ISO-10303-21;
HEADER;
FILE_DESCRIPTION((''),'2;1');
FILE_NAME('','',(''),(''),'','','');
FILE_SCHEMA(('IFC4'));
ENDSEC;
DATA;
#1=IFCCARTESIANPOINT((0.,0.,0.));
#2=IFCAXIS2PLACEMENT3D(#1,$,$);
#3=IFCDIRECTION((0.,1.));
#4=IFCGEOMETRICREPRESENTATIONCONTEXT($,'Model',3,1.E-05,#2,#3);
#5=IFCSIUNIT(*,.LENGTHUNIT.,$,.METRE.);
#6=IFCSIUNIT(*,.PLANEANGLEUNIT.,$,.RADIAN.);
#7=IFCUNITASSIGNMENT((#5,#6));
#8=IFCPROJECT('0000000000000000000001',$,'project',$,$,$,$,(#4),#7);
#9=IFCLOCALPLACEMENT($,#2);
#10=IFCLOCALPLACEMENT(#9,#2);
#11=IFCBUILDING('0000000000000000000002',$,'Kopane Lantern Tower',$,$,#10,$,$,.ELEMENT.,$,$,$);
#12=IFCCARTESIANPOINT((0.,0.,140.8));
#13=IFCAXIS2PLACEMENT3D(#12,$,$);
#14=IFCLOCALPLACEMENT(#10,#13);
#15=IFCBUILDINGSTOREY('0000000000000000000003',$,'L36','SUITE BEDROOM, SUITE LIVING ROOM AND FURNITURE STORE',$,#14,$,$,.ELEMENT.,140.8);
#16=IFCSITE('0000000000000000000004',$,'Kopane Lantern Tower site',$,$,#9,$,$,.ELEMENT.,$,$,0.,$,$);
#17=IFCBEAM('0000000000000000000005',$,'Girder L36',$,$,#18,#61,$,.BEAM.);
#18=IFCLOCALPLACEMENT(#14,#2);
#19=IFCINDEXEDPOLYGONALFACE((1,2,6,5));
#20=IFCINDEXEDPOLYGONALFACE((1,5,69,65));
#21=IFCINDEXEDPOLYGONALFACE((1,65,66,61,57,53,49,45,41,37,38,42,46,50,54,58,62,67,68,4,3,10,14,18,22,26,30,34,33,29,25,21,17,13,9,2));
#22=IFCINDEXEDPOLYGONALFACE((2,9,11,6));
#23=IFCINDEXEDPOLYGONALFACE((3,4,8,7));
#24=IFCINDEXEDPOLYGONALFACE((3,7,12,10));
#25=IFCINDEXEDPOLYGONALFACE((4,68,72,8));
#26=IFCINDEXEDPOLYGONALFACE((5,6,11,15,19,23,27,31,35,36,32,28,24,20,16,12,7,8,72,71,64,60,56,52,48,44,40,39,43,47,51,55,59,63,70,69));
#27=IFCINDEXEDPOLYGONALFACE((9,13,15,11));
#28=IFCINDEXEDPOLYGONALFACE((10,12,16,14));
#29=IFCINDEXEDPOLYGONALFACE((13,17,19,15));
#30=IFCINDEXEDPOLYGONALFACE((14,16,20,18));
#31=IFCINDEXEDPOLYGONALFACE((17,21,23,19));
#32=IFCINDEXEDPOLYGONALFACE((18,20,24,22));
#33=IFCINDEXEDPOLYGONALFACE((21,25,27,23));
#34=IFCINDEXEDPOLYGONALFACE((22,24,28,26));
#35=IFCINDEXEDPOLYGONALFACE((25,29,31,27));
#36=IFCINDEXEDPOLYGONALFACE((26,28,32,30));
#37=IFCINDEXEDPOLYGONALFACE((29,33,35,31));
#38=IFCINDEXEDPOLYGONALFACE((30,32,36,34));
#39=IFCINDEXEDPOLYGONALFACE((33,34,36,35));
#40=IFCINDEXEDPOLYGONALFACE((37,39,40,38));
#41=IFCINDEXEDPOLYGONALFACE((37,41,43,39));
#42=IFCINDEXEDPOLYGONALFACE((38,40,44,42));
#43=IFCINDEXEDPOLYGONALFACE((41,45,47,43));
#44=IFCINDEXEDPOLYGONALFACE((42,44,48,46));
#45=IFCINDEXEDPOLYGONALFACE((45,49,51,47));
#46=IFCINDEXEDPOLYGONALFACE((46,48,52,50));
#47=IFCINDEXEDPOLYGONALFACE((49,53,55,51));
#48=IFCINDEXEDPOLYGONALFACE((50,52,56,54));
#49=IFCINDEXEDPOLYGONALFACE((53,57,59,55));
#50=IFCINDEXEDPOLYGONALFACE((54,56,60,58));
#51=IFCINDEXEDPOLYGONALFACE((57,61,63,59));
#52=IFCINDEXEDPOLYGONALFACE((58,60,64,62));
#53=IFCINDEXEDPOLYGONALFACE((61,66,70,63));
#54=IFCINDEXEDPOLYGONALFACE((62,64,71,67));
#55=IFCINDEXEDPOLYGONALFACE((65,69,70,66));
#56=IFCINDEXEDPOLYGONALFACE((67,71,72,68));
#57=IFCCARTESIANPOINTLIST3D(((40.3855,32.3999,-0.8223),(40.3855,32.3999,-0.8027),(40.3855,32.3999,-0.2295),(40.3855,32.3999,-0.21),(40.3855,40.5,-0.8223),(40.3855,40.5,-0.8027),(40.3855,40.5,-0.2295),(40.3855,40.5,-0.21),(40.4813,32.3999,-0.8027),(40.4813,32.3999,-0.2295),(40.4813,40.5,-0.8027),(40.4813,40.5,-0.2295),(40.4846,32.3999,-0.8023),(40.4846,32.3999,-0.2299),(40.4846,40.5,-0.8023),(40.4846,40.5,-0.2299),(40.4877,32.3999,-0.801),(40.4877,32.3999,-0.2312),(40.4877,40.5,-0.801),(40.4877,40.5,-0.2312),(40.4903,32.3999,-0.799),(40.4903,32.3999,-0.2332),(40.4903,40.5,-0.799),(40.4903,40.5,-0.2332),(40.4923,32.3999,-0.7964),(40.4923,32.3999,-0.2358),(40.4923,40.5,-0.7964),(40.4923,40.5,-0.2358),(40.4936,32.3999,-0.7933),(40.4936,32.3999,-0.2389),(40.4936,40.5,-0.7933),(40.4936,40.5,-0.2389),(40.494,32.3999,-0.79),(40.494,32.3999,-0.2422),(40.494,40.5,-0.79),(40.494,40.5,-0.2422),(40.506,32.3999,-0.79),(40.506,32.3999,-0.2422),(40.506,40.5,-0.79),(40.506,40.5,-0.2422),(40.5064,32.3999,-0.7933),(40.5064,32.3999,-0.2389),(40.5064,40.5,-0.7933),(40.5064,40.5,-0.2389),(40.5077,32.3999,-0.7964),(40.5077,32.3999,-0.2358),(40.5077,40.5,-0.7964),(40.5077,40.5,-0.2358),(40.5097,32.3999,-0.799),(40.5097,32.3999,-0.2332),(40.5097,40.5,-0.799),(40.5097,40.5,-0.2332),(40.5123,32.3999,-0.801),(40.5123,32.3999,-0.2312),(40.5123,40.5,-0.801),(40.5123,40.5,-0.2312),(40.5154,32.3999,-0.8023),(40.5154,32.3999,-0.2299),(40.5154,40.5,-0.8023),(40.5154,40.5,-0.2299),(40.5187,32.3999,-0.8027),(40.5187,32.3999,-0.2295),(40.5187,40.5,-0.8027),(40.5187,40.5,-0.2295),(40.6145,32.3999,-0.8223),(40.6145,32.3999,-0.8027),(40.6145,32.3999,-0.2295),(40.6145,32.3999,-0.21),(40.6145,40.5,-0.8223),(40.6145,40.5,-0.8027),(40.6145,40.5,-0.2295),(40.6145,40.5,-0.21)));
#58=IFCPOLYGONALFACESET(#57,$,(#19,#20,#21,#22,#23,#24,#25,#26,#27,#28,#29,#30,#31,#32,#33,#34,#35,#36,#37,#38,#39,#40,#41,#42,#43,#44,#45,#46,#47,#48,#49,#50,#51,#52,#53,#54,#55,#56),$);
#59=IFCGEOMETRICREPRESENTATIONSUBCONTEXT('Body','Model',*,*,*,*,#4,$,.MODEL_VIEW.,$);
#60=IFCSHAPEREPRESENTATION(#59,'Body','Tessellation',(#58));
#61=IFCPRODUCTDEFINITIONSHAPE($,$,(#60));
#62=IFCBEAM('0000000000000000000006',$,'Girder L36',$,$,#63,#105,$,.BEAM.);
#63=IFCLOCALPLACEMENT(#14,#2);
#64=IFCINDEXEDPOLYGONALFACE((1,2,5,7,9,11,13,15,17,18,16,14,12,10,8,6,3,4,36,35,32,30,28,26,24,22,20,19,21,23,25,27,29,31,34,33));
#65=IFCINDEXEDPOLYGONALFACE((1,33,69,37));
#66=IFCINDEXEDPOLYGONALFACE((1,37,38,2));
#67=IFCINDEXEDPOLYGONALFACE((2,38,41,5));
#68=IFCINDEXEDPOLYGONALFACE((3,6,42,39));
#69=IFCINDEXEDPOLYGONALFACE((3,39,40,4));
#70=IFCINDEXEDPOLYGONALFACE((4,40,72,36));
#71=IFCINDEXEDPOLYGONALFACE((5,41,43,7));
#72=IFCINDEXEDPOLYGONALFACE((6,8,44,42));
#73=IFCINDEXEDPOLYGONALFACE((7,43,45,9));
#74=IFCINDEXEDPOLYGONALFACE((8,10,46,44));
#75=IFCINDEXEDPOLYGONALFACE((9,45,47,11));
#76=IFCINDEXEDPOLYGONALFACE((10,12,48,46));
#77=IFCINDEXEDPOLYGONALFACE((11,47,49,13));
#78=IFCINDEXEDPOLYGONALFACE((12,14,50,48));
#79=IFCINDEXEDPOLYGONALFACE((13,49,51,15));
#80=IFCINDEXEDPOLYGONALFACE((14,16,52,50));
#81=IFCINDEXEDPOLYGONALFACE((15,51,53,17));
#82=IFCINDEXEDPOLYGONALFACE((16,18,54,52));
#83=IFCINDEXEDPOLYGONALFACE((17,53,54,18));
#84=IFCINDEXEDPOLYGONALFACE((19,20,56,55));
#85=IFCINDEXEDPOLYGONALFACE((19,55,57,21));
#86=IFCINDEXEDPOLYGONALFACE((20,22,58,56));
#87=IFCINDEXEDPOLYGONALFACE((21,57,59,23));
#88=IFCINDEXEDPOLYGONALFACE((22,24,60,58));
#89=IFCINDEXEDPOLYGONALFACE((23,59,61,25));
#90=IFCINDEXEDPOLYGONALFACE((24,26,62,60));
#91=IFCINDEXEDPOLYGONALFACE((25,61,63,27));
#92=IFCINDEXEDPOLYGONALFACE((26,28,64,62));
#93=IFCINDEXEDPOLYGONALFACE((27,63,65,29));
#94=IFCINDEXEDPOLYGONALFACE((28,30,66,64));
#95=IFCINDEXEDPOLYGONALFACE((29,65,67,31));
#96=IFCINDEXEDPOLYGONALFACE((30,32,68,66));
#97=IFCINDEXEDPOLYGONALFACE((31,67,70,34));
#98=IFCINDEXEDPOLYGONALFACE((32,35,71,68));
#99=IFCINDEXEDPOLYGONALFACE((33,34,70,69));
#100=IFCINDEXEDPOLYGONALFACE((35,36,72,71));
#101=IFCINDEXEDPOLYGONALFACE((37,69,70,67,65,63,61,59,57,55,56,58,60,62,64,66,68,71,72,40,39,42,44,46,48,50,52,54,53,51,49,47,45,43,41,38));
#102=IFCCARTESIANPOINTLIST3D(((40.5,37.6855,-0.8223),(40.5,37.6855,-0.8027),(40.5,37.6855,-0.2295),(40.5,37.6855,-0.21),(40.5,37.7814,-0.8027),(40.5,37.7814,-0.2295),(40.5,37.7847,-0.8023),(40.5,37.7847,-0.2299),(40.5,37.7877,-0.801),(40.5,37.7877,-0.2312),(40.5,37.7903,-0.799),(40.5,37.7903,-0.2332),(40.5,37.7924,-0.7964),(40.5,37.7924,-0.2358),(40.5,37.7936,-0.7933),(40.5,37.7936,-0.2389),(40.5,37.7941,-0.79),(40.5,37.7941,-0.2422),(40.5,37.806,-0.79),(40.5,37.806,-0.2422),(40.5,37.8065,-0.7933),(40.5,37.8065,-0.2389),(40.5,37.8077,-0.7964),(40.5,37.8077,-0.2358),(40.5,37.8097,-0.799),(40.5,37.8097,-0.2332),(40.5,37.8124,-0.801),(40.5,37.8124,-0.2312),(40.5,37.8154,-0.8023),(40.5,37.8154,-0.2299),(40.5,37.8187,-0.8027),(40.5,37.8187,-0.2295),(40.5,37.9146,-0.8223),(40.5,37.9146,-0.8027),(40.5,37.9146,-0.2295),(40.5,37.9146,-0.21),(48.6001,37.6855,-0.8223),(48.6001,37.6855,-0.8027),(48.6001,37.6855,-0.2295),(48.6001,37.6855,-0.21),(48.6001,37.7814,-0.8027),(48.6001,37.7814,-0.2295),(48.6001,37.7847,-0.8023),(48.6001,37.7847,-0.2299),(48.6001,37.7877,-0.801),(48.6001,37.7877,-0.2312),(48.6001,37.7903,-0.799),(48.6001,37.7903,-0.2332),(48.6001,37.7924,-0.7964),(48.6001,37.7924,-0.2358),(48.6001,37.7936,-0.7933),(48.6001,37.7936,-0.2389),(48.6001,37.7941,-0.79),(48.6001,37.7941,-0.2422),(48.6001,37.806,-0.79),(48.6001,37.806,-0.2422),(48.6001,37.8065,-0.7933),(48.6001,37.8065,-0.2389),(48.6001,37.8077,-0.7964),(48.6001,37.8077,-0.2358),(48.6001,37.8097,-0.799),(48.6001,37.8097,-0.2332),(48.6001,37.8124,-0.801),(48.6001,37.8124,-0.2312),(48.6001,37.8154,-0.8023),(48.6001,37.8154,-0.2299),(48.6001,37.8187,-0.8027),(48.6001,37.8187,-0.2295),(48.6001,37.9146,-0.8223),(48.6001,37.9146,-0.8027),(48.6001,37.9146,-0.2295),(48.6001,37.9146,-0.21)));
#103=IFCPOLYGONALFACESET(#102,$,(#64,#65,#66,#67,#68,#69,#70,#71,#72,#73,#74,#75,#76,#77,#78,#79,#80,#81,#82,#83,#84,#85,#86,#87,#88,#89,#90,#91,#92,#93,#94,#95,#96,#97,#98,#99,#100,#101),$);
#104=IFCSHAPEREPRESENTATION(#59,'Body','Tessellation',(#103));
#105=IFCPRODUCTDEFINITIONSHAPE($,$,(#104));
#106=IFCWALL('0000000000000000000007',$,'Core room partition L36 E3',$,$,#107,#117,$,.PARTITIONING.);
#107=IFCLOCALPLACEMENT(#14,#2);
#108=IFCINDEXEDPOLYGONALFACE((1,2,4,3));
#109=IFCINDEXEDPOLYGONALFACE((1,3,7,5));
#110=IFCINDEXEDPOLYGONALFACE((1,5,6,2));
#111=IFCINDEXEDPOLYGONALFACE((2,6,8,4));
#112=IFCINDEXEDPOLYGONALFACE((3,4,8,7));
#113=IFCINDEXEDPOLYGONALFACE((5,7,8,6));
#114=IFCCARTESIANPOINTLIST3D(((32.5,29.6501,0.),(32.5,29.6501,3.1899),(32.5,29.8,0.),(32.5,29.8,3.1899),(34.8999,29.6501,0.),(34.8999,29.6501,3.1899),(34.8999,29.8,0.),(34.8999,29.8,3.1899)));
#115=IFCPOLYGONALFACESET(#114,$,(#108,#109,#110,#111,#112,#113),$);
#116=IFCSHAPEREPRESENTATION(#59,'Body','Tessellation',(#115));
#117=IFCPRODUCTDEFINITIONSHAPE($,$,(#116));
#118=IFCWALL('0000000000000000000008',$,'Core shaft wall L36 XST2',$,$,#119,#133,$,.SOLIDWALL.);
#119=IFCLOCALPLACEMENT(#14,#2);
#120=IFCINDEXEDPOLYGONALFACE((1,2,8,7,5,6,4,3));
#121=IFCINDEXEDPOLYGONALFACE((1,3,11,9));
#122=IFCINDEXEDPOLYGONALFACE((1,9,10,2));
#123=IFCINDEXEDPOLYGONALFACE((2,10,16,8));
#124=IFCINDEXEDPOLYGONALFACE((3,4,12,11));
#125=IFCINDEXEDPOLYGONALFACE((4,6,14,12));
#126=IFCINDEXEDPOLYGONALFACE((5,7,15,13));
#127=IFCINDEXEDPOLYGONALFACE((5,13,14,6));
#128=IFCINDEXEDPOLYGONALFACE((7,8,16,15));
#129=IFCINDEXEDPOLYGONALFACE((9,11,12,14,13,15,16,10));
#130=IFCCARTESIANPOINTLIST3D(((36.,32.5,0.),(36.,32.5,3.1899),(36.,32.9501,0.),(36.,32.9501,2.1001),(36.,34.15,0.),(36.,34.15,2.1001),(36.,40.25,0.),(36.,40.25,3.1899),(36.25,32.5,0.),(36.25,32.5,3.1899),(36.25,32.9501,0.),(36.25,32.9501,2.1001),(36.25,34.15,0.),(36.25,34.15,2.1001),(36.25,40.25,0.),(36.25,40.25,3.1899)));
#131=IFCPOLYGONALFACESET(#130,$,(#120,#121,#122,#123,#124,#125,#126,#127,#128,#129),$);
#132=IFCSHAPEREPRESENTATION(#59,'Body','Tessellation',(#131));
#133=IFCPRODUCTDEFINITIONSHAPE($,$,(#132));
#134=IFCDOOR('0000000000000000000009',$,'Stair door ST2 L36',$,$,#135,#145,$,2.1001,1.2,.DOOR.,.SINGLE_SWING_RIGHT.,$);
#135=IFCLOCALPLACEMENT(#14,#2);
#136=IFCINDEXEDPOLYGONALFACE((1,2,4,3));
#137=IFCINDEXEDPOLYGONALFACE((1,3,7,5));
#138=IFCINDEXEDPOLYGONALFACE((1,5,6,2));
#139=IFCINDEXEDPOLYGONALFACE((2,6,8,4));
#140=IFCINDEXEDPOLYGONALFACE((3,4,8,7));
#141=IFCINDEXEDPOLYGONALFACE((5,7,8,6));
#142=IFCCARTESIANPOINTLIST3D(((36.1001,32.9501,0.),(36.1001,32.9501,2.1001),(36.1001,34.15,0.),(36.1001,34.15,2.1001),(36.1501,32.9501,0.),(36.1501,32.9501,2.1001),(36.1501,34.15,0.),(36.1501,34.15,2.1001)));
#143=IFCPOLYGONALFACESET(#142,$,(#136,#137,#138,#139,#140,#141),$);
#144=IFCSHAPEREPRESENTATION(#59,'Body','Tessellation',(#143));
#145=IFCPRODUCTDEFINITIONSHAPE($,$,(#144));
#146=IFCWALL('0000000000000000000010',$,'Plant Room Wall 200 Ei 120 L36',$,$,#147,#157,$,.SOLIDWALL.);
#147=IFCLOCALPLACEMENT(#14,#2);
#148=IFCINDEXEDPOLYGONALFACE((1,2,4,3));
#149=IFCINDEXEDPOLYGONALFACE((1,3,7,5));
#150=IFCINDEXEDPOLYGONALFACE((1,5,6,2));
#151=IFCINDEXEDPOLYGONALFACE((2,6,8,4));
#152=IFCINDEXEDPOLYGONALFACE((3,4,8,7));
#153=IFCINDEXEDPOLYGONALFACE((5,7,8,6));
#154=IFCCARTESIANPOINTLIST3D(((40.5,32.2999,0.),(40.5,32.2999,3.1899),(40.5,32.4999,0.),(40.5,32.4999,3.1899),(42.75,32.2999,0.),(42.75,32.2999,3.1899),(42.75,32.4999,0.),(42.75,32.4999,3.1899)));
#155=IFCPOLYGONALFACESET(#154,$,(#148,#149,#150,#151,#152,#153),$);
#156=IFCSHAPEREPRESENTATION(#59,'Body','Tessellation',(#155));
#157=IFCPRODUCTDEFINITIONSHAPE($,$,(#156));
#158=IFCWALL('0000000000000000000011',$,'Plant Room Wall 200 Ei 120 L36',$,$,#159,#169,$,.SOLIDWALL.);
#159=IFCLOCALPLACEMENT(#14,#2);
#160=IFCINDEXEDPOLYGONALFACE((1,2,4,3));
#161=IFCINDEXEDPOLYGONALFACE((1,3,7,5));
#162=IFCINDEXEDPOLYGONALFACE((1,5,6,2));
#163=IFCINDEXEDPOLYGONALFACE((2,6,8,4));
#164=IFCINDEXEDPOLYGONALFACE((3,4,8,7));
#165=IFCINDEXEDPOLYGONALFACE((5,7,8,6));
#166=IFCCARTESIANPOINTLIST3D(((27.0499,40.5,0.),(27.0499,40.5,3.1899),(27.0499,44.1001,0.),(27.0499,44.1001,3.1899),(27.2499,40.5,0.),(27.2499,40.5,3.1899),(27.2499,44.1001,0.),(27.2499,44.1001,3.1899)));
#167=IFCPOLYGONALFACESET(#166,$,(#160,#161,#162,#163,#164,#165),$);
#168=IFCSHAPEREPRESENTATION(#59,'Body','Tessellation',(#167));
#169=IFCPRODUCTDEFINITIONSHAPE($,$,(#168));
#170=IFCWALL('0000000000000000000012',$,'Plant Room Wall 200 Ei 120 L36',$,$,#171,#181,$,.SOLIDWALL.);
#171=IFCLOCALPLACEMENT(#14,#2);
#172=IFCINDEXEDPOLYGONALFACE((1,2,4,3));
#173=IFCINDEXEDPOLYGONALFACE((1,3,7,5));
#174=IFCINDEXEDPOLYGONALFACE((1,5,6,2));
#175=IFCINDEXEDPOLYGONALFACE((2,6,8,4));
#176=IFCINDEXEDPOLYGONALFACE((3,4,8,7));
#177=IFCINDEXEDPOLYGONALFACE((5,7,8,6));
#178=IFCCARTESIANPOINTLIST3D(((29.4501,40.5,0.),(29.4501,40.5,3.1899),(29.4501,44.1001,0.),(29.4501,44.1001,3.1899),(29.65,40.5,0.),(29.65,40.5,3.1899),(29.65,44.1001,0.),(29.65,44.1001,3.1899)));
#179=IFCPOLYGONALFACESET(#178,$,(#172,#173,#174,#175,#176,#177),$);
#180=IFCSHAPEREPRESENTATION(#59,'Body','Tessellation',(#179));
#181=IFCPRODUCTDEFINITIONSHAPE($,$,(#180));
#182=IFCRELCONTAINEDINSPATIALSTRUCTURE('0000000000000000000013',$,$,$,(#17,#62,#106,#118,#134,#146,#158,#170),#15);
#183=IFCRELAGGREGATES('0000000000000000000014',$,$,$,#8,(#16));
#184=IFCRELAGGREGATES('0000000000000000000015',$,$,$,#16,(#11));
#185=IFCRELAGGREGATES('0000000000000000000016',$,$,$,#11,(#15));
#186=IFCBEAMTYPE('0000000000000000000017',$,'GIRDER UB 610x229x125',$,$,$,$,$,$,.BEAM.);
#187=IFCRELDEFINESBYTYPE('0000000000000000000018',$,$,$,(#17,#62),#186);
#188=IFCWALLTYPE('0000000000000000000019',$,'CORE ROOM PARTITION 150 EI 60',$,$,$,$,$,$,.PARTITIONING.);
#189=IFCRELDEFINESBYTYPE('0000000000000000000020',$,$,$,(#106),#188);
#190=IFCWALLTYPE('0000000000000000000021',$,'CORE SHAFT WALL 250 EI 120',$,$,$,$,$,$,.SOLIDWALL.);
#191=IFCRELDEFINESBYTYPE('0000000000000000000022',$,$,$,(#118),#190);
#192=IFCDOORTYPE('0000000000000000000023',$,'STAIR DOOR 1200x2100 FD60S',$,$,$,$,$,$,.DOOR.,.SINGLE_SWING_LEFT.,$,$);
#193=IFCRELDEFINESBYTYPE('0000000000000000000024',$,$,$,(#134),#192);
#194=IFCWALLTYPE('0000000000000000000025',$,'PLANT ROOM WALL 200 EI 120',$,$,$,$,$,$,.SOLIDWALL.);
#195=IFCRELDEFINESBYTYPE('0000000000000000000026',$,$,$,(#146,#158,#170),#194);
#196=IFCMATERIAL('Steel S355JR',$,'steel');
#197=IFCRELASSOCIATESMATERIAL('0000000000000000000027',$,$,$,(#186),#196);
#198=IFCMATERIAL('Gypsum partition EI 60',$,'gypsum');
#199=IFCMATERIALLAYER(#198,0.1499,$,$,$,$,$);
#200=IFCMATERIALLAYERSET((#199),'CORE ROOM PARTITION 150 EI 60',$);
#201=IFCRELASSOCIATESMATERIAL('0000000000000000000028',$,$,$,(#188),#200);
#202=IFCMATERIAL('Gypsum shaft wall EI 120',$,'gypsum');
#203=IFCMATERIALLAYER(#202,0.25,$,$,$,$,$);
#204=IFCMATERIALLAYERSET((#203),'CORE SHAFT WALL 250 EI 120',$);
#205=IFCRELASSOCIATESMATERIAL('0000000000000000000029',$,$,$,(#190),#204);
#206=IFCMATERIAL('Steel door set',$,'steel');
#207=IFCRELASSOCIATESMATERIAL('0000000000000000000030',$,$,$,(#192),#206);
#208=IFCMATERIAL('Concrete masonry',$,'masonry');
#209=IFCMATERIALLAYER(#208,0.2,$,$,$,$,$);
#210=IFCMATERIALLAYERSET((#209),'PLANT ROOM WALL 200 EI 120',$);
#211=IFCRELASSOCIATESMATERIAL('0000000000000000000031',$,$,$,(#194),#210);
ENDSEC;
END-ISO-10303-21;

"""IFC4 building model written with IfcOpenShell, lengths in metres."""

from ifc_helpers import new_model, si_unit, direction, frame, frame_2d, origin, origin_2d, place, context, subcontext, project, spatial, rectangle, i_section, extrude, material, layer, layer_set, material_profile, profile_set, type_object, element, fill, save


model = new_model("IFC4")

# Units and contexts
model_context = context("Model", 3, precision=1e-05, world=origin(), true_north=direction((0.0, 1.0)))
body_context = subcontext(model_context, "Body", "Model", "MODEL_VIEW")
ifc_project = project(units=[si_unit("LENGTHUNIT", "METRE"), si_unit("PLANEANGLEUNIT", "RADIAN")], contexts=[model_context])

# Site, building, storey
site_placement = place(None, origin())
site = spatial("IfcSite", under=ifc_project, at=site_placement, Name="Kopane Lantern Tower site", CompositionType="ELEMENT", RefElevation=0.0)
building_placement = place(site_placement, origin())
building = spatial("IfcBuilding", under=site, at=building_placement, Name="Kopane Lantern Tower", CompositionType="ELEMENT")
storey_placement = place(building_placement, frame((0.0, 0.0, 140.8)))
storey = spatial("IfcBuildingStorey", under=building, at=storey_placement, Name="L36", Description="SUITE BEDROOM, SUITE LIVING ROOM AND FURNITURE STORE", CompositionType="ELEMENT", Elevation=140.8)

# Beams
ifc_material_1 = material(Name="Steel S355JR", Category="steel")
ifc_material_profile_1 = material_profile(ifc_material_1, i_section(OverallWidth=0.229, OverallDepth=0.6123, WebThickness=0.012, FlangeThickness=0.0195, FilletRadius=0.0127, at=origin_2d()), Name="UB 610x229x125")
ifc_profile_set_1 = profile_set([ifc_material_profile_1], Name="Steel S355JR")
beam_type_1 = type_object("IfcBeamType", Name="GIRDER UB 610x229x125", PredefinedType="BEAM", material=ifc_profile_set_1)
for number, where, z_axis, x_axis, name in (
    (1, (40.5, 32.3999, -0.5161), (0.0, 1.0, 0.0), (-1.0, 0.0, 0.0), "Girder L36"),
    (2, (40.5, 37.8, -0.5161), (1.0, 0.0, 0.0), (0.0, 1.0, 0.0), "Girder L36"),
):
    element("IfcBeam", number, at=place(storey_placement, frame(where, z_axis=z_axis, x_axis=x_axis)), inside=storey, type_object=beam_type_1, Name=name, PredefinedType="BEAM", context=body_context, shape_type="SweptSolid", body=[
        extrude(i_section(OverallWidth=0.229, OverallDepth=0.6123, WebThickness=0.012, FlangeThickness=0.0195, FilletRadius=0.0127, at=origin_2d()), origin(), (0.0, 0.0, 1.0), 8.1001),
    ])

# Wall
ifc_material_2 = material(Name="Gypsum partition EI 60", Category="gypsum")
ifc_layer_1 = layer(ifc_material_2, 0.1499)
ifc_layer_set_1 = layer_set([ifc_layer_1], Name="CORE ROOM PARTITION 150 EI 60")
wall_type_1 = type_object("IfcWallType", Name="CORE ROOM PARTITION 150 EI 60", PredefinedType="PARTITIONING", material=ifc_layer_set_1)
wall_1_placement = place(storey_placement, frame((32.5, 29.7251, 0.0), z_axis=(0.0, 0.0, 1.0), x_axis=(1.0, 0.0, 0.0)))
element("IfcWall", 3, at=wall_1_placement, inside=storey, type_object=wall_type_1, Name="Core room partition L36 E3", PredefinedType="PARTITIONING", context=body_context, shape_type="SweptSolid", body=[
    extrude(rectangle(XDim=2.3999, YDim=0.1499, at=frame_2d((1.2, 0.0))), origin(), (0.0, 0.0, 1.0), 3.1899),
])

# Wall, opening, door
ifc_material_3 = material(Name="Gypsum shaft wall EI 120", Category="gypsum")
ifc_layer_2 = layer(ifc_material_3, 0.25)
ifc_layer_set_2 = layer_set([ifc_layer_2], Name="CORE SHAFT WALL 250 EI 120")
wall_type_2 = type_object("IfcWallType", Name="CORE SHAFT WALL 250 EI 120", PredefinedType="SOLIDWALL", material=ifc_layer_set_2)
wall_2_placement = place(storey_placement, frame((36.125, 32.5, 0.0), z_axis=(0.0, 0.0, 1.0), x_axis=(0.0, 1.0, 0.0)))
wall_2 = element("IfcWall", 4, at=wall_2_placement, inside=storey, type_object=wall_type_2, Name="Core shaft wall L36 XST2", PredefinedType="SOLIDWALL", context=body_context, shape_type="SweptSolid", body=[
    extrude(rectangle(XDim=7.75, YDim=0.25, at=frame_2d((3.875, 0.0))), origin(), (0.0, 0.0, 1.0), 3.1899),
])
opening_1_placement = place(wall_2_placement, frame((0.45, 0.0, 0.0)))
opening_1 = element("IfcOpeningElement", 5, at=opening_1_placement, cuts=wall_2, PredefinedType="OPENING", context=body_context, shape_type="SweptSolid", body=[
    extrude(rectangle(XDim=1.2, YDim=2.1001, at=frame_2d((0.6001, 1.05))), frame((0.0, 0.135, 0.0), z_axis=(0.0, -1.0, 0.0), x_axis=(1.0, 0.0, 0.0)), (0.0, 0.0, 1.0), 0.27),
])
ifc_material_4 = material(Name="Steel door set", Category="steel")
door_type_1 = type_object("IfcDoorType", Name="STAIR DOOR 1200x2100 FD60S", OperationType="SINGLE_SWING_LEFT", PredefinedType="DOOR", material=ifc_material_4)
door_1_placement = place(opening_1_placement, origin())
door_1 = element("IfcDoor", 6, at=door_1_placement, inside=storey, type_object=door_type_1, Name="Stair door ST2 L36", OperationType="SINGLE_SWING_RIGHT", OverallHeight=2.1001, OverallWidth=1.2, PredefinedType="DOOR", context=body_context, shape_type="SweptSolid", body=[
    extrude(rectangle(XDim=1.2, YDim=2.1001, at=frame_2d((0.6001, 1.05))), frame((0.0, 0.0249, 0.0), z_axis=(0.0, -1.0, 0.0), x_axis=(1.0, 0.0, 0.0)), (0.0, 0.0, 1.0), 0.05),
])
fill(opening_1, door_1)

# Walls
ifc_material_5 = material(Name="Concrete masonry", Category="masonry")
ifc_layer_3 = layer(ifc_material_5, 0.2)
ifc_layer_set_3 = layer_set([ifc_layer_3], Name="PLANT ROOM WALL 200 EI 120")
wall_type_3 = type_object("IfcWallType", Name="PLANT ROOM WALL 200 EI 120", PredefinedType="SOLIDWALL", material=ifc_layer_set_3)
wall_3_placement = place(storey_placement, frame((40.5, 32.3999, 0.0), z_axis=(0.0, 0.0, 1.0), x_axis=(1.0, 0.0, 0.0)))
element("IfcWall", 7, at=wall_3_placement, inside=storey, type_object=wall_type_3, Name="Plant Room Wall 200 Ei 120 L36", PredefinedType="SOLIDWALL", context=body_context, shape_type="SweptSolid", body=[
    extrude(rectangle(XDim=2.25, YDim=0.2, at=frame_2d((1.125, 0.0))), origin(), (0.0, 0.0, 1.0), 3.1899),
])
for number, where, z_axis, x_axis, name in (
    (8, (27.1499, 40.5, 0.0), (0.0, 0.0, 1.0), (0.0, 1.0, 0.0), "Plant Room Wall 200 Ei 120 L36"),
    (9, (29.55, 40.5, 0.0), (0.0, 0.0, 1.0), (0.0, 1.0, 0.0), "Plant Room Wall 200 Ei 120 L36"),
):
    element("IfcWall", number, at=place(storey_placement, frame(where, z_axis=z_axis, x_axis=x_axis)), inside=storey, type_object=wall_type_3, Name=name, PredefinedType="SOLIDWALL", context=body_context, shape_type="SweptSolid", body=[
        extrude(rectangle(XDim=3.6001, YDim=0.2, at=frame_2d((1.8, 0.0))), origin(), (0.0, 0.0, 1.0), 3.1899),
    ])

save(model, "model.ifc")
